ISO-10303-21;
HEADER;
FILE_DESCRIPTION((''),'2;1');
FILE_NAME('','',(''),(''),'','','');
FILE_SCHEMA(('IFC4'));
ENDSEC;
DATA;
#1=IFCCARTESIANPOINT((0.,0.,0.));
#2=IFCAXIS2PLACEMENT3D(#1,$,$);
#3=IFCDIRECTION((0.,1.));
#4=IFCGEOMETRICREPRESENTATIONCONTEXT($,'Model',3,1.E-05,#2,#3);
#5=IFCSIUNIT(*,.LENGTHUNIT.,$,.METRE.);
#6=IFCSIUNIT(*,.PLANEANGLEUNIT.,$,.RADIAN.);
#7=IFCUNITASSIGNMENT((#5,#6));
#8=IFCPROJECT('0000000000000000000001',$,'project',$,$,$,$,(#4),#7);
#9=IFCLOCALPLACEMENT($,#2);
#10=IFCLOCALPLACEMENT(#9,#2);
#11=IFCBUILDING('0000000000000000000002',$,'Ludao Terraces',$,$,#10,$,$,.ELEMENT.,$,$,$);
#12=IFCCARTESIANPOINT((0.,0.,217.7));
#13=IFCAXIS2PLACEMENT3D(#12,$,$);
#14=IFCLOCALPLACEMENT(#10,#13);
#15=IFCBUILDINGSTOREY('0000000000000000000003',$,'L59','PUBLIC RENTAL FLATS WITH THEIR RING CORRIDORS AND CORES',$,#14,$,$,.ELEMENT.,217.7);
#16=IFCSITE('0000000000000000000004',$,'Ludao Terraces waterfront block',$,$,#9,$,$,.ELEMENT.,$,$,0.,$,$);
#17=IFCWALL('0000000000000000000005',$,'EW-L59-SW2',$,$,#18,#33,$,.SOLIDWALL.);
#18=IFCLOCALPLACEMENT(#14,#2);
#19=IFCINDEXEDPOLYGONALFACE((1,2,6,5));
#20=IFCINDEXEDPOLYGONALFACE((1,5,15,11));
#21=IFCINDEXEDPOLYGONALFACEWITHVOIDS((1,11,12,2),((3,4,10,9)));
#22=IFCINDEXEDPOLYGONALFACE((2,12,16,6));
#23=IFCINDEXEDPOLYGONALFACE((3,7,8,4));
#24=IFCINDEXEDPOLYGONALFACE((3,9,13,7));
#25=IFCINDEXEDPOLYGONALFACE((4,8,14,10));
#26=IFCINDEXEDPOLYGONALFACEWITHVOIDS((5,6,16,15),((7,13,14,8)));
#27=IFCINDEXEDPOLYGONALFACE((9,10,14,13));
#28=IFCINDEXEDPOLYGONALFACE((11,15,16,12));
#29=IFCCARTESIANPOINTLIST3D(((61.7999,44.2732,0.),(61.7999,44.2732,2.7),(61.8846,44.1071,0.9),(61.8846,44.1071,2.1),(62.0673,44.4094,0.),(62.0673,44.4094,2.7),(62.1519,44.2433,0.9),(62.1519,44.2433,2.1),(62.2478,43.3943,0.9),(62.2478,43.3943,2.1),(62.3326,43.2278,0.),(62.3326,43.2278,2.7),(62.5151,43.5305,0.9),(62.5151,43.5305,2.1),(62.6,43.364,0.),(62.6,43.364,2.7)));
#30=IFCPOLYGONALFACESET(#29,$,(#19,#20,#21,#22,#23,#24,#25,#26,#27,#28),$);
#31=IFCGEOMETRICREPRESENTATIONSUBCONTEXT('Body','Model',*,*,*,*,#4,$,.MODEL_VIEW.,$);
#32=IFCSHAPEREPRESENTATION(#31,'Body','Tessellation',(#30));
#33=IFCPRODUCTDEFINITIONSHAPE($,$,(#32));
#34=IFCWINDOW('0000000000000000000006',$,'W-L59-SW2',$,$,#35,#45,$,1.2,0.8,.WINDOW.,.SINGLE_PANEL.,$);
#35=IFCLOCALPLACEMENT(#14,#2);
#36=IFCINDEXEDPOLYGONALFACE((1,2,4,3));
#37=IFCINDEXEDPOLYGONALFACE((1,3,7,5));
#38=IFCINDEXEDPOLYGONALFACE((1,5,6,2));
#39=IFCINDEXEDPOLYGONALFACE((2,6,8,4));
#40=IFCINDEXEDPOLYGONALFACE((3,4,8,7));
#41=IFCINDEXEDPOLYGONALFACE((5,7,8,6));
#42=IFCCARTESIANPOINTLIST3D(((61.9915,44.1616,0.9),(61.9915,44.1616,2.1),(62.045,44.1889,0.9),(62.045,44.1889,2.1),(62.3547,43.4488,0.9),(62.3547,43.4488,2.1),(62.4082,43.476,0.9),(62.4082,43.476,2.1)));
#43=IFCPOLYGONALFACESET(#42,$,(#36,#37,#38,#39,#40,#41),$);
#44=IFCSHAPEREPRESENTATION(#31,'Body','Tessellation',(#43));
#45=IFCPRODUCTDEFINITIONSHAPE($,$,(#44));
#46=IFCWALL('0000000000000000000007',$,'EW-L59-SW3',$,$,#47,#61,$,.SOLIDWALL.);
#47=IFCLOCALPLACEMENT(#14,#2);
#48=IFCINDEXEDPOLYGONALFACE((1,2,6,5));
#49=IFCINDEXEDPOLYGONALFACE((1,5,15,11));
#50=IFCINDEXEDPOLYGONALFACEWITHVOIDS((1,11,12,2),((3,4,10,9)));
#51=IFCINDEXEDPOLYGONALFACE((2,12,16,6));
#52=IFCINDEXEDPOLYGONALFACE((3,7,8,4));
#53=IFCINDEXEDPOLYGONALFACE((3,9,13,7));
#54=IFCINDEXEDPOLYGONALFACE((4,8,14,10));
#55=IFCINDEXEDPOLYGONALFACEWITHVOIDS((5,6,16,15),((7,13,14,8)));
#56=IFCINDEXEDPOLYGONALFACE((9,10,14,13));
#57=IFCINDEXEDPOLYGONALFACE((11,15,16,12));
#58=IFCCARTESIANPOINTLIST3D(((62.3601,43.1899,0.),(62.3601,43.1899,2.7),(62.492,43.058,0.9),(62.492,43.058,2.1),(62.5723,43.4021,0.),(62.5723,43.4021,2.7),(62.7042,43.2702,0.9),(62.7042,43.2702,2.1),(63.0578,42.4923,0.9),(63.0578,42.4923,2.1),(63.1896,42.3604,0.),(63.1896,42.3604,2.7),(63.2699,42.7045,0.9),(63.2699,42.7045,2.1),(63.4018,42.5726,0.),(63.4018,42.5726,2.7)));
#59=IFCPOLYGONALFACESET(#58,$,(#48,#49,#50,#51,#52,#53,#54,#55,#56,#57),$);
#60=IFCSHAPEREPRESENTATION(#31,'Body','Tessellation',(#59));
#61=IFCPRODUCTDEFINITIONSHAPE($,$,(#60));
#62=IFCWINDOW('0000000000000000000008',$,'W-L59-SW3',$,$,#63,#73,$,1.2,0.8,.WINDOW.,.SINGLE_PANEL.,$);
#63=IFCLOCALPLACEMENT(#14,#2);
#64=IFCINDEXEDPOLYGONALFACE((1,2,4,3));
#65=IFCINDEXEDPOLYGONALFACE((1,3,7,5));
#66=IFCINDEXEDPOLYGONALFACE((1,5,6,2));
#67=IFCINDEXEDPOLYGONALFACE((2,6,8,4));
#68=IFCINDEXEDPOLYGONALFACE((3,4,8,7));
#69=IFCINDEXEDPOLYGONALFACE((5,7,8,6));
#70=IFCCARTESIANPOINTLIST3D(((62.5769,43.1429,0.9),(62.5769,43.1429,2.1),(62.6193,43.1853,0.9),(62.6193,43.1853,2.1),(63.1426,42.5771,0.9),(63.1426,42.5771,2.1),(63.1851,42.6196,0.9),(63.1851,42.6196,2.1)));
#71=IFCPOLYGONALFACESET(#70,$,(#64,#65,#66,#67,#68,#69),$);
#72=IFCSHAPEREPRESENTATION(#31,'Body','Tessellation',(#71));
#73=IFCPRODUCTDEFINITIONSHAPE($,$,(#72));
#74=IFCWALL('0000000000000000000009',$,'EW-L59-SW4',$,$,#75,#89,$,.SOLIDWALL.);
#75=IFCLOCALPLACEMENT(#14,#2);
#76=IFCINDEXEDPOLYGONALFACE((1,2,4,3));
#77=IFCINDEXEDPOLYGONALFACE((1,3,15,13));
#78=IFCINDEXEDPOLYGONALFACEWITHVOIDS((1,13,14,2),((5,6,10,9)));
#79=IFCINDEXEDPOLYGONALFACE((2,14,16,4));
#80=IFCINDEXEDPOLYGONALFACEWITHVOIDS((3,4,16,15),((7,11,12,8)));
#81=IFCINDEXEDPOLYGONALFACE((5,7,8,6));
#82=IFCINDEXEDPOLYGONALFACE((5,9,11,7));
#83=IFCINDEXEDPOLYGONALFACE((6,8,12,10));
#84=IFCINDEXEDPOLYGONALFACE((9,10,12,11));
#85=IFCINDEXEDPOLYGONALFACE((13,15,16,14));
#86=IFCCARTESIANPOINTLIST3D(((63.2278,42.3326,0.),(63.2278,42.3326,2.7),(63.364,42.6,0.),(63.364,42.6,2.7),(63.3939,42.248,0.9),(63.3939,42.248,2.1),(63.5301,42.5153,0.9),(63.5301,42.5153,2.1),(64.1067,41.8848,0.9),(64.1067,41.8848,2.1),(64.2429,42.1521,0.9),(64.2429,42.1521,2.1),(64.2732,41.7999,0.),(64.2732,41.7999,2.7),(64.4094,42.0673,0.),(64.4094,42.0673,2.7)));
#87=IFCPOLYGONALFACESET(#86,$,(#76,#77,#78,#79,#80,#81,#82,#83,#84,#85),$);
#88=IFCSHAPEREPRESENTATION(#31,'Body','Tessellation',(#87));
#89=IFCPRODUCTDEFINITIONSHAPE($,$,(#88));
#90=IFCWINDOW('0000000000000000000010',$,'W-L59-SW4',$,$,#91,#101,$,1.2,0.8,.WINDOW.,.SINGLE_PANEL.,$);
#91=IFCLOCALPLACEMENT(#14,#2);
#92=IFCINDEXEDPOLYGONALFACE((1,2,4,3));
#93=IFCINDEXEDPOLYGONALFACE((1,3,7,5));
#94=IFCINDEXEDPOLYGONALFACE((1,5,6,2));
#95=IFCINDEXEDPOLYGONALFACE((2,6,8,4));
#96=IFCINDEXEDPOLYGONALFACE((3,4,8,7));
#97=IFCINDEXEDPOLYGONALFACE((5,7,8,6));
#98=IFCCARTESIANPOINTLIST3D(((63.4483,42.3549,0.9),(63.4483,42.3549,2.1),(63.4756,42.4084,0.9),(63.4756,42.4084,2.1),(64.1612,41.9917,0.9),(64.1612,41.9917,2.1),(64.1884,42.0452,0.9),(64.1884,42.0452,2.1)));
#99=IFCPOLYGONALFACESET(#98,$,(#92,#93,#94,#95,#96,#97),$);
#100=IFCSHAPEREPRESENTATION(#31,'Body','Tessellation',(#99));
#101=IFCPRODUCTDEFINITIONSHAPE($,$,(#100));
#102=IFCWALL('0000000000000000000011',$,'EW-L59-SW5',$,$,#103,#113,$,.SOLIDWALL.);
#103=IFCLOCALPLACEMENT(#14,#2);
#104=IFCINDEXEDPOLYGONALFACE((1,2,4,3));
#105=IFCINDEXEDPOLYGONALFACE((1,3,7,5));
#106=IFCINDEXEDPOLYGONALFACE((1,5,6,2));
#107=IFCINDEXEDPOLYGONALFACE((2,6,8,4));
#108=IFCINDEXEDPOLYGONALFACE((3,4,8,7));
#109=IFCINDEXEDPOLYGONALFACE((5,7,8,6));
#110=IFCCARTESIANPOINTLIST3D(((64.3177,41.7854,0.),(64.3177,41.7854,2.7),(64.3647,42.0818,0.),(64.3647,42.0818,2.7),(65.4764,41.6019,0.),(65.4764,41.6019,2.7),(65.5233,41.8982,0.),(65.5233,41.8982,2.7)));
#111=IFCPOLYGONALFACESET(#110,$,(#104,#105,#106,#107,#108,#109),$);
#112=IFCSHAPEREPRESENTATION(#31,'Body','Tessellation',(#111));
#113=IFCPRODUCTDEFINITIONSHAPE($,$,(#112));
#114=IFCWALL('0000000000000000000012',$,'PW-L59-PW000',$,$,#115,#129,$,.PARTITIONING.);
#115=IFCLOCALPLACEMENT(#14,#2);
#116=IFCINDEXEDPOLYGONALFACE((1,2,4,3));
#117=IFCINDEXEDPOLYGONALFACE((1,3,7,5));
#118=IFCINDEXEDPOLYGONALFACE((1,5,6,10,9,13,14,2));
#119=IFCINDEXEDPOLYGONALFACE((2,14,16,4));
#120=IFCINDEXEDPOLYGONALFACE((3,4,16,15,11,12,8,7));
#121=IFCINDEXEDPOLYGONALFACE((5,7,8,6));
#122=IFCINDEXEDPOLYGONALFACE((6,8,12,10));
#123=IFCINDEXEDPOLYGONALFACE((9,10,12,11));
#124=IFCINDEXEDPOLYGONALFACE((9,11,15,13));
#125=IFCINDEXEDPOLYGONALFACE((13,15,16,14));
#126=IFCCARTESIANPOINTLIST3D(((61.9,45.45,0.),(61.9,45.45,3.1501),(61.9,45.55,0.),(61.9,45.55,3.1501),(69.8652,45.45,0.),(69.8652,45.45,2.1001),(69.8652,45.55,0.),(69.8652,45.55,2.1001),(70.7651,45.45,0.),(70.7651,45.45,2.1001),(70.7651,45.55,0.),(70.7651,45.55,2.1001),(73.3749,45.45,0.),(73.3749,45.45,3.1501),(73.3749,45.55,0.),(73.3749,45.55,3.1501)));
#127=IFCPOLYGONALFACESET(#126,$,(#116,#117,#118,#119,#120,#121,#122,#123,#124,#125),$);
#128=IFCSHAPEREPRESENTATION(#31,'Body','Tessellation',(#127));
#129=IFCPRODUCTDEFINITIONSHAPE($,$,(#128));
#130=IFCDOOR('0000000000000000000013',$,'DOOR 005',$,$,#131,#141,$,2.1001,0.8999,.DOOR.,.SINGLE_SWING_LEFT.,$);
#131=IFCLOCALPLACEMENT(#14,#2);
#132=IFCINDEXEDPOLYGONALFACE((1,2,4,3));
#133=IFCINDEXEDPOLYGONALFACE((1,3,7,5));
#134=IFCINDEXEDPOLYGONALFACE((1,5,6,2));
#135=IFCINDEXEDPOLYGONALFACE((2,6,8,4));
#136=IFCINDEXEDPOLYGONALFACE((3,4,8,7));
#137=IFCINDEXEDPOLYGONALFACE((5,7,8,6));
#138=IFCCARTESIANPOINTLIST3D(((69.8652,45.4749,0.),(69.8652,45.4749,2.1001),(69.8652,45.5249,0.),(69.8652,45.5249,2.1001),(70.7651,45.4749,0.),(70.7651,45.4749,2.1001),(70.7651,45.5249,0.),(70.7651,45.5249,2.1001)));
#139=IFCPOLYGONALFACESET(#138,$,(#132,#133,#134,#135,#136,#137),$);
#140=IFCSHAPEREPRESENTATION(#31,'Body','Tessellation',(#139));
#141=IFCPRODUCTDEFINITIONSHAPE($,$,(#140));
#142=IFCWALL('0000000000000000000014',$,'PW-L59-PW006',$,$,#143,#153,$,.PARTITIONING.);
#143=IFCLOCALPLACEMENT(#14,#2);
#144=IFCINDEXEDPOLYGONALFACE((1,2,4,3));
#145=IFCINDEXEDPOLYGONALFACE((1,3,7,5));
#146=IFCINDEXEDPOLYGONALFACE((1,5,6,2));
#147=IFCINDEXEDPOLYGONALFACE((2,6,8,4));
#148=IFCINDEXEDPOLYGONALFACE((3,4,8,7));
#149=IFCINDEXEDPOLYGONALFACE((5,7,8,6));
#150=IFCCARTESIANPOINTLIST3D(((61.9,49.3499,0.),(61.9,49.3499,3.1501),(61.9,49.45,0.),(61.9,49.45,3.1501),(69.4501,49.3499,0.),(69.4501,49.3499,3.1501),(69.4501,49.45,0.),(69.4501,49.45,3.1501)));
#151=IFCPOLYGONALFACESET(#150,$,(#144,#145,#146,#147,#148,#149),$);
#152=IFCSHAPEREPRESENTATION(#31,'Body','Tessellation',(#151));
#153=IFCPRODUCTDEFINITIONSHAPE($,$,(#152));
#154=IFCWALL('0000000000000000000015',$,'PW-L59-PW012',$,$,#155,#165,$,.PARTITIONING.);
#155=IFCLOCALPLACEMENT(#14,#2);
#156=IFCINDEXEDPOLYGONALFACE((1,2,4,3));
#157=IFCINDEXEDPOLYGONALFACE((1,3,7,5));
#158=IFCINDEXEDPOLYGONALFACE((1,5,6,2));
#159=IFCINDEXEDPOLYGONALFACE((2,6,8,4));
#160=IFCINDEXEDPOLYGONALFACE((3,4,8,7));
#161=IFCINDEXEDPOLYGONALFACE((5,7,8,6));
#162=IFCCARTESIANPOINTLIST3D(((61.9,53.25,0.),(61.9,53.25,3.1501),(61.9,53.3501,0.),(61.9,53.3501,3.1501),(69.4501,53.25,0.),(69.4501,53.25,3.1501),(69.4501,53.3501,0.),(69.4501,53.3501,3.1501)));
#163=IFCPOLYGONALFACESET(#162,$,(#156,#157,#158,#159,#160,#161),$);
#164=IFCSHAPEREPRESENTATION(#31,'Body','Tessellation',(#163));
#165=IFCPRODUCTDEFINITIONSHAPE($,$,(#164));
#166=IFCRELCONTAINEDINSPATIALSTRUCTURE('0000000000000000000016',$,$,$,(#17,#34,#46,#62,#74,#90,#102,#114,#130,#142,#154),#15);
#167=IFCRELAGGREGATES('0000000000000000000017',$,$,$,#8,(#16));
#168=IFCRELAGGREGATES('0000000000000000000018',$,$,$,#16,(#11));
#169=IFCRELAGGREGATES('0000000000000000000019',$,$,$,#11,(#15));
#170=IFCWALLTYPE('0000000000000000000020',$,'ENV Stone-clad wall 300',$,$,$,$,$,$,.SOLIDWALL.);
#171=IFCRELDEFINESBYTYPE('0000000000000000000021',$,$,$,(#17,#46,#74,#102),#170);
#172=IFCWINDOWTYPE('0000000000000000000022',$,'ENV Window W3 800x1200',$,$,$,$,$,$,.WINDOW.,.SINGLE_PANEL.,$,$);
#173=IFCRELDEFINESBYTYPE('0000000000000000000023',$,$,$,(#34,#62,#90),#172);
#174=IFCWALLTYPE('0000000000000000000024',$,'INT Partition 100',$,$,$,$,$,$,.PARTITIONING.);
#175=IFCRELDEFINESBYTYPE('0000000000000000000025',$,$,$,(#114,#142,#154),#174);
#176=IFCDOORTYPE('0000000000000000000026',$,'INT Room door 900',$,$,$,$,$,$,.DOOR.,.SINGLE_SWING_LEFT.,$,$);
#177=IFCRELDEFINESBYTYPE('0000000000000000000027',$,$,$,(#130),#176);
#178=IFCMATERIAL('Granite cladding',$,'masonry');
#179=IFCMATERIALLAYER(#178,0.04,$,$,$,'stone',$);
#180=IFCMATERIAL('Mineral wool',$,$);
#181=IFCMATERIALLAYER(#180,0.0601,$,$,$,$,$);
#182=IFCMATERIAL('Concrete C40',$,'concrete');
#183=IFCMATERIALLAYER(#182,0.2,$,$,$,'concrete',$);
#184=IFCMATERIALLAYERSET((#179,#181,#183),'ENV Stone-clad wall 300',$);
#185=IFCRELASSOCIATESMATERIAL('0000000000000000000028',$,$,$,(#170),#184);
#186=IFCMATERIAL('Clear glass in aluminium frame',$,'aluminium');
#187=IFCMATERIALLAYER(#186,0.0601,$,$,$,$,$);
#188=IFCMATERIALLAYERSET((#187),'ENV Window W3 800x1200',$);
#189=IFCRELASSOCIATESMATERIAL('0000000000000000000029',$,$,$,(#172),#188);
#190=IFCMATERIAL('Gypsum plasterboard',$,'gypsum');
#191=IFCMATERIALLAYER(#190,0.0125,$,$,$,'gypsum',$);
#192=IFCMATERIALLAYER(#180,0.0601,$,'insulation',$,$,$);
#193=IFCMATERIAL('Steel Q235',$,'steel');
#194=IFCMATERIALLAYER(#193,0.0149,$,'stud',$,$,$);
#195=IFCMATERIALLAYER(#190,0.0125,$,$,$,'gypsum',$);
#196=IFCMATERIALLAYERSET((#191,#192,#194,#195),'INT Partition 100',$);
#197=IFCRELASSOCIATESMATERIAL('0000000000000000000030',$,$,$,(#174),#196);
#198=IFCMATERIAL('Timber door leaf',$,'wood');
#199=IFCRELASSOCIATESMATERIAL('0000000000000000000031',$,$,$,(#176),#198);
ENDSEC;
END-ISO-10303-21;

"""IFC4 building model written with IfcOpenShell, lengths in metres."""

from ifc_helpers import new_model, si_unit, direction, frame, frame_2d, origin, place, context, subcontext, project, spatial, rectangle, extrude, material, layer, layer_set, type_object, element, fill, save


model = new_model("IFC4")

# Units and contexts
model_context = context("Model", 3, precision=1e-05, world=origin(), true_north=direction((0.0, 1.0)))
body_context = subcontext(model_context, "Body", "Model", "MODEL_VIEW")
ifc_project = project(units=[si_unit("LENGTHUNIT", "METRE"), si_unit("PLANEANGLEUNIT", "RADIAN")], contexts=[model_context])

# Site, building, storey
site_placement = place(None, origin())
site = spatial("IfcSite", under=ifc_project, at=site_placement, Name="Ludao Terraces waterfront block", CompositionType="ELEMENT", RefElevation=0.0)
building_placement = place(site_placement, origin())
building = spatial("IfcBuilding", under=site, at=building_placement, Name="Ludao Terraces", CompositionType="ELEMENT")
storey_placement = place(building_placement, frame((0.0, 0.0, 217.7)))
storey = spatial("IfcBuildingStorey", under=building, at=storey_placement, Name="L59", Description="PUBLIC RENTAL FLATS WITH THEIR RING CORRIDORS AND CORES", CompositionType="ELEMENT", Elevation=217.7)

# Shared definitions
ifc_material_1 = material(Name="Concrete C40", Category="concrete")

# Shared definitions
ifc_material_2 = material(Name="Granite cladding", Category="masonry")
ifc_layer_1 = layer(ifc_material_2, 0.04, Category="stone")
ifc_material_3 = material(Name="Mineral wool")
ifc_layer_2 = layer(ifc_material_3, 0.0601)
ifc_layer_3 = layer(ifc_material_1, 0.2, Category="concrete")
ifc_layer_set_1 = layer_set([ifc_layer_1, ifc_layer_2, ifc_layer_3], Name="ENV Stone-clad wall 300")
wall_type_1 = type_object("IfcWallType", Name="ENV Stone-clad wall 300", PredefinedType="SOLIDWALL", material=ifc_layer_set_1)
ifc_material_4 = material(Name="Clear glass in aluminium frame", Category="aluminium")

# Walls, openings, windows
wall_1_placement = place(storey_placement, frame((61.9336, 44.3413, 0.0), z_axis=(0.0, 0.0, 1.0), x_axis=(0.454026, -0.890989, 0.0)))
wall_1 = element("IfcWall", 1, at=wall_1_placement, inside=storey, type_object=wall_type_1, Name="EW-L59-SW2", PredefinedType="SOLIDWALL", context=body_context, shape_type="SweptSolid", body=[
    extrude(rectangle(XDim=1.1733, YDim=0.3, at=frame_2d((0.5867, 0.0))), origin(), (0.0, 0.0, 1.0), 2.7),
])
opening_1_placement = place(wall_1_placement, frame((0.1865, 0.0, 0.8999)))
opening_1 = element("IfcOpeningElement", 2, at=opening_1_placement, cuts=wall_1, PredefinedType="OPENING", context=body_context, shape_type="SweptSolid", body=[
    extrude(rectangle(XDim=0.8, YDim=1.2, at=frame_2d((0.3999, 0.6001))), frame((0.0, 0.1602, 0.0), z_axis=(0.0, -1.0, 0.0), x_axis=(1.0, 0.0, 0.0)), (0.0, 0.0, 1.0), 0.3201),
])
ifc_layer_4 = layer(ifc_material_4, 0.0601)
ifc_layer_set_2 = layer_set([ifc_layer_4], Name="ENV Window W3 800x1200")
window_type_1 = type_object("IfcWindowType", Name="ENV Window W3 800x1200", PartitioningType="SINGLE_PANEL", PredefinedType="WINDOW", material=ifc_layer_set_2)
window_1_placement = place(opening_1_placement, origin())
window_1 = element("IfcWindow", 3, at=window_1_placement, inside=storey, type_object=window_type_1, Name="W-L59-SW2", OverallHeight=1.2, OverallWidth=0.8, PartitioningType="SINGLE_PANEL", PredefinedType="WINDOW", context=body_context, shape_type="SweptSolid", body=[
    extrude(rectangle(XDim=0.8, YDim=1.2, at=frame_2d((0.3999, 0.6001))), frame((0.0, 0.03, 0.0), z_axis=(0.0, -1.0, 0.0), x_axis=(1.0, 0.0, 0.0)), (0.0, 0.0, 1.0), 0.0601),
])
fill(opening_1, window_1)
wall_2_placement = place(storey_placement, frame((62.4663, 43.2959, 0.0), z_axis=(0.0, 0.0, 1.0), x_axis=(0.707107, -0.707107, 0.0)))
wall_2 = element("IfcWall", 4, at=wall_2_placement, inside=storey, type_object=wall_type_1, Name="EW-L59-SW3", PredefinedType="SOLIDWALL", context=body_context, shape_type="SweptSolid", body=[
    extrude(rectangle(XDim=1.1731, YDim=0.3, at=frame_2d((0.5864, 0.0))), origin(), (0.0, 0.0, 1.0), 2.7),
])
opening_2_placement = place(wall_2_placement, frame((0.1865, 0.0, 0.8999)))
opening_2 = element("IfcOpeningElement", 5, at=opening_2_placement, cuts=wall_2, PredefinedType="OPENING", context=body_context, shape_type="SweptSolid", body=[
    extrude(rectangle(XDim=0.8, YDim=1.2, at=frame_2d((0.3999, 0.6001))), frame((0.0, 0.1602, 0.0), z_axis=(0.0, -1.0, 0.0), x_axis=(1.0, 0.0, 0.0)), (0.0, 0.0, 1.0), 0.3201),
])
window_2_placement = place(opening_2_placement, origin())
window_2 = element("IfcWindow", 6, at=window_2_placement, inside=storey, type_object=window_type_1, Name="W-L59-SW3", OverallHeight=1.2, OverallWidth=0.8, PartitioningType="SINGLE_PANEL", PredefinedType="WINDOW", context=body_context, shape_type="SweptSolid", body=[
    extrude(rectangle(XDim=0.8, YDim=1.2, at=frame_2d((0.3999, 0.6001))), frame((0.0, 0.03, 0.0), z_axis=(0.0, -1.0, 0.0), x_axis=(1.0, 0.0, 0.0)), (0.0, 0.0, 1.0), 0.0601),
])
fill(opening_2, window_2)
wall_3_placement = place(storey_placement, frame((63.2959, 42.4663, 0.0), z_axis=(0.0, 0.0, 1.0), x_axis=(0.890989, -0.454026, 0.0)))
wall_3 = element("IfcWall", 7, at=wall_3_placement, inside=storey, type_object=wall_type_1, Name="EW-L59-SW4", PredefinedType="SOLIDWALL", context=body_context, shape_type="SweptSolid", body=[
    extrude(rectangle(XDim=1.1733, YDim=0.3, at=frame_2d((0.5867, 0.0))), origin(), (0.0, 0.0, 1.0), 2.7),
])
opening_3_placement = place(wall_3_placement, frame((0.1865, 0.0, 0.8999)))
opening_3 = element("IfcOpeningElement", 8, at=opening_3_placement, cuts=wall_3, PredefinedType="OPENING", context=body_context, shape_type="SweptSolid", body=[
    extrude(rectangle(XDim=0.8, YDim=1.2, at=frame_2d((0.3999, 0.6001))), frame((0.0, 0.1602, 0.0), z_axis=(0.0, -1.0, 0.0), x_axis=(1.0, 0.0, 0.0)), (0.0, 0.0, 1.0), 0.3201),
])
window_3_placement = place(opening_3_placement, origin())
window_3 = element("IfcWindow", 9, at=window_3_placement, inside=storey, type_object=window_type_1, Name="W-L59-SW4", OverallHeight=1.2, OverallWidth=0.8, PartitioningType="SINGLE_PANEL", PredefinedType="WINDOW", context=body_context, shape_type="SweptSolid", body=[
    extrude(rectangle(XDim=0.8, YDim=1.2, at=frame_2d((0.3999, 0.6001))), frame((0.0, 0.03, 0.0), z_axis=(0.0, -1.0, 0.0), x_axis=(1.0, 0.0, 0.0)), (0.0, 0.0, 1.0), 0.0601),
])
fill(opening_3, window_3)

# Wall
wall_4_placement = place(storey_placement, frame((64.3413, 41.9336, 0.0), z_axis=(0.0, 0.0, 1.0), x_axis=(0.987678, -0.156497, 0.0)))
element("IfcWall", 10, at=wall_4_placement, inside=storey, type_object=wall_type_1, Name="EW-L59-SW5", PredefinedType="SOLIDWALL", context=body_context, shape_type="SweptSolid", body=[
    extrude(rectangle(XDim=1.1731, YDim=0.3, at=frame_2d((0.5864, 0.0))), origin(), (0.0, 0.0, 1.0), 2.7),
])

# Wall, opening, door
ifc_material_5 = material(Name="Gypsum plasterboard", Category="gypsum")
ifc_layer_5 = layer(ifc_material_5, 0.0125, Category="gypsum")
ifc_layer_6 = layer(ifc_material_3, 0.0601, Name="insulation")
ifc_material_6 = material(Name="Steel Q235", Category="steel")
ifc_layer_7 = layer(ifc_material_6, 0.0149, Name="stud")
ifc_layer_8 = layer(ifc_material_5, 0.0125, Category="gypsum")
ifc_layer_set_3 = layer_set([ifc_layer_5, ifc_layer_6, ifc_layer_7, ifc_layer_8], Name="INT Partition 100")
wall_type_2 = type_object("IfcWallType", Name="INT Partition 100", PredefinedType="PARTITIONING", material=ifc_layer_set_3)
wall_5_placement = place(storey_placement, frame((61.9001, 45.5, 0.0), z_axis=(0.0, 0.0, 1.0), x_axis=(1.0, 0.0, 0.0)))
wall_5 = element("IfcWall", 11, at=wall_5_placement, inside=storey, type_object=wall_type_2, Name="PW-L59-PW000", PredefinedType="PARTITIONING", context=body_context, shape_type="SweptSolid", body=[
    extrude(rectangle(XDim=11.4749, YDim=0.1001, at=frame_2d((5.7373, 0.0))), origin(), (0.0, 0.0, 1.0), 3.1501),
])
opening_4_placement = place(wall_5_placement, frame((7.9651, 0.0, 0.0)))
opening_4 = element("IfcOpeningElement", 12, at=opening_4_placement, cuts=wall_5, PredefinedType="OPENING", context=body_context, shape_type="SweptSolid", body=[
    extrude(rectangle(XDim=0.8999, YDim=2.1001, at=frame_2d((0.45, 1.05))), frame((0.0, 0.0601, 0.0), z_axis=(0.0, -1.0, 0.0), x_axis=(1.0, 0.0, 0.0)), (0.0, 0.0, 1.0), 0.1201),
])
ifc_material_7 = material(Name="Timber door leaf", Category="wood")
door_type_1 = type_object("IfcDoorType", Name="INT Room door 900", OperationType="SINGLE_SWING_LEFT", PredefinedType="DOOR", material=ifc_material_7)
door_1_placement = place(opening_4_placement, origin())
door_1 = element("IfcDoor", 13, at=door_1_placement, inside=storey, type_object=door_type_1, Name="DOOR 005", OperationType="SINGLE_SWING_LEFT", OverallHeight=2.1001, OverallWidth=0.8999, PredefinedType="DOOR", context=body_context, shape_type="SweptSolid", body=[
    extrude(rectangle(XDim=0.8999, YDim=2.1001, at=frame_2d((0.45, 1.05))), frame((0.0, 0.0249, 0.0), z_axis=(0.0, -1.0, 0.0), x_axis=(1.0, 0.0, 0.0)), (0.0, 0.0, 1.0), 0.05),
])
fill(opening_4, door_1)

# Walls
for number, where, z_axis, x_axis, name in (
    (14, (61.9001, 49.3999, 0.0), (0.0, 0.0, 1.0), (1.0, 0.0, 0.0), "PW-L59-PW006"),
    (15, (61.9001, 53.3, 0.0), (0.0, 0.0, 1.0), (1.0, 0.0, 0.0), "PW-L59-PW012"),
):
    element("IfcWall", number, at=place(storey_placement, frame(where, z_axis=z_axis, x_axis=x_axis)), inside=storey, type_object=wall_type_2, Name=name, PredefinedType="PARTITIONING", context=body_context, shape_type="SweptSolid", body=[
        extrude(rectangle(XDim=7.55, YDim=0.1001, at=frame_2d((3.7749, 0.0))), origin(), (0.0, 0.0, 1.0), 3.1501),
    ])

save(model, "model.ifc")
